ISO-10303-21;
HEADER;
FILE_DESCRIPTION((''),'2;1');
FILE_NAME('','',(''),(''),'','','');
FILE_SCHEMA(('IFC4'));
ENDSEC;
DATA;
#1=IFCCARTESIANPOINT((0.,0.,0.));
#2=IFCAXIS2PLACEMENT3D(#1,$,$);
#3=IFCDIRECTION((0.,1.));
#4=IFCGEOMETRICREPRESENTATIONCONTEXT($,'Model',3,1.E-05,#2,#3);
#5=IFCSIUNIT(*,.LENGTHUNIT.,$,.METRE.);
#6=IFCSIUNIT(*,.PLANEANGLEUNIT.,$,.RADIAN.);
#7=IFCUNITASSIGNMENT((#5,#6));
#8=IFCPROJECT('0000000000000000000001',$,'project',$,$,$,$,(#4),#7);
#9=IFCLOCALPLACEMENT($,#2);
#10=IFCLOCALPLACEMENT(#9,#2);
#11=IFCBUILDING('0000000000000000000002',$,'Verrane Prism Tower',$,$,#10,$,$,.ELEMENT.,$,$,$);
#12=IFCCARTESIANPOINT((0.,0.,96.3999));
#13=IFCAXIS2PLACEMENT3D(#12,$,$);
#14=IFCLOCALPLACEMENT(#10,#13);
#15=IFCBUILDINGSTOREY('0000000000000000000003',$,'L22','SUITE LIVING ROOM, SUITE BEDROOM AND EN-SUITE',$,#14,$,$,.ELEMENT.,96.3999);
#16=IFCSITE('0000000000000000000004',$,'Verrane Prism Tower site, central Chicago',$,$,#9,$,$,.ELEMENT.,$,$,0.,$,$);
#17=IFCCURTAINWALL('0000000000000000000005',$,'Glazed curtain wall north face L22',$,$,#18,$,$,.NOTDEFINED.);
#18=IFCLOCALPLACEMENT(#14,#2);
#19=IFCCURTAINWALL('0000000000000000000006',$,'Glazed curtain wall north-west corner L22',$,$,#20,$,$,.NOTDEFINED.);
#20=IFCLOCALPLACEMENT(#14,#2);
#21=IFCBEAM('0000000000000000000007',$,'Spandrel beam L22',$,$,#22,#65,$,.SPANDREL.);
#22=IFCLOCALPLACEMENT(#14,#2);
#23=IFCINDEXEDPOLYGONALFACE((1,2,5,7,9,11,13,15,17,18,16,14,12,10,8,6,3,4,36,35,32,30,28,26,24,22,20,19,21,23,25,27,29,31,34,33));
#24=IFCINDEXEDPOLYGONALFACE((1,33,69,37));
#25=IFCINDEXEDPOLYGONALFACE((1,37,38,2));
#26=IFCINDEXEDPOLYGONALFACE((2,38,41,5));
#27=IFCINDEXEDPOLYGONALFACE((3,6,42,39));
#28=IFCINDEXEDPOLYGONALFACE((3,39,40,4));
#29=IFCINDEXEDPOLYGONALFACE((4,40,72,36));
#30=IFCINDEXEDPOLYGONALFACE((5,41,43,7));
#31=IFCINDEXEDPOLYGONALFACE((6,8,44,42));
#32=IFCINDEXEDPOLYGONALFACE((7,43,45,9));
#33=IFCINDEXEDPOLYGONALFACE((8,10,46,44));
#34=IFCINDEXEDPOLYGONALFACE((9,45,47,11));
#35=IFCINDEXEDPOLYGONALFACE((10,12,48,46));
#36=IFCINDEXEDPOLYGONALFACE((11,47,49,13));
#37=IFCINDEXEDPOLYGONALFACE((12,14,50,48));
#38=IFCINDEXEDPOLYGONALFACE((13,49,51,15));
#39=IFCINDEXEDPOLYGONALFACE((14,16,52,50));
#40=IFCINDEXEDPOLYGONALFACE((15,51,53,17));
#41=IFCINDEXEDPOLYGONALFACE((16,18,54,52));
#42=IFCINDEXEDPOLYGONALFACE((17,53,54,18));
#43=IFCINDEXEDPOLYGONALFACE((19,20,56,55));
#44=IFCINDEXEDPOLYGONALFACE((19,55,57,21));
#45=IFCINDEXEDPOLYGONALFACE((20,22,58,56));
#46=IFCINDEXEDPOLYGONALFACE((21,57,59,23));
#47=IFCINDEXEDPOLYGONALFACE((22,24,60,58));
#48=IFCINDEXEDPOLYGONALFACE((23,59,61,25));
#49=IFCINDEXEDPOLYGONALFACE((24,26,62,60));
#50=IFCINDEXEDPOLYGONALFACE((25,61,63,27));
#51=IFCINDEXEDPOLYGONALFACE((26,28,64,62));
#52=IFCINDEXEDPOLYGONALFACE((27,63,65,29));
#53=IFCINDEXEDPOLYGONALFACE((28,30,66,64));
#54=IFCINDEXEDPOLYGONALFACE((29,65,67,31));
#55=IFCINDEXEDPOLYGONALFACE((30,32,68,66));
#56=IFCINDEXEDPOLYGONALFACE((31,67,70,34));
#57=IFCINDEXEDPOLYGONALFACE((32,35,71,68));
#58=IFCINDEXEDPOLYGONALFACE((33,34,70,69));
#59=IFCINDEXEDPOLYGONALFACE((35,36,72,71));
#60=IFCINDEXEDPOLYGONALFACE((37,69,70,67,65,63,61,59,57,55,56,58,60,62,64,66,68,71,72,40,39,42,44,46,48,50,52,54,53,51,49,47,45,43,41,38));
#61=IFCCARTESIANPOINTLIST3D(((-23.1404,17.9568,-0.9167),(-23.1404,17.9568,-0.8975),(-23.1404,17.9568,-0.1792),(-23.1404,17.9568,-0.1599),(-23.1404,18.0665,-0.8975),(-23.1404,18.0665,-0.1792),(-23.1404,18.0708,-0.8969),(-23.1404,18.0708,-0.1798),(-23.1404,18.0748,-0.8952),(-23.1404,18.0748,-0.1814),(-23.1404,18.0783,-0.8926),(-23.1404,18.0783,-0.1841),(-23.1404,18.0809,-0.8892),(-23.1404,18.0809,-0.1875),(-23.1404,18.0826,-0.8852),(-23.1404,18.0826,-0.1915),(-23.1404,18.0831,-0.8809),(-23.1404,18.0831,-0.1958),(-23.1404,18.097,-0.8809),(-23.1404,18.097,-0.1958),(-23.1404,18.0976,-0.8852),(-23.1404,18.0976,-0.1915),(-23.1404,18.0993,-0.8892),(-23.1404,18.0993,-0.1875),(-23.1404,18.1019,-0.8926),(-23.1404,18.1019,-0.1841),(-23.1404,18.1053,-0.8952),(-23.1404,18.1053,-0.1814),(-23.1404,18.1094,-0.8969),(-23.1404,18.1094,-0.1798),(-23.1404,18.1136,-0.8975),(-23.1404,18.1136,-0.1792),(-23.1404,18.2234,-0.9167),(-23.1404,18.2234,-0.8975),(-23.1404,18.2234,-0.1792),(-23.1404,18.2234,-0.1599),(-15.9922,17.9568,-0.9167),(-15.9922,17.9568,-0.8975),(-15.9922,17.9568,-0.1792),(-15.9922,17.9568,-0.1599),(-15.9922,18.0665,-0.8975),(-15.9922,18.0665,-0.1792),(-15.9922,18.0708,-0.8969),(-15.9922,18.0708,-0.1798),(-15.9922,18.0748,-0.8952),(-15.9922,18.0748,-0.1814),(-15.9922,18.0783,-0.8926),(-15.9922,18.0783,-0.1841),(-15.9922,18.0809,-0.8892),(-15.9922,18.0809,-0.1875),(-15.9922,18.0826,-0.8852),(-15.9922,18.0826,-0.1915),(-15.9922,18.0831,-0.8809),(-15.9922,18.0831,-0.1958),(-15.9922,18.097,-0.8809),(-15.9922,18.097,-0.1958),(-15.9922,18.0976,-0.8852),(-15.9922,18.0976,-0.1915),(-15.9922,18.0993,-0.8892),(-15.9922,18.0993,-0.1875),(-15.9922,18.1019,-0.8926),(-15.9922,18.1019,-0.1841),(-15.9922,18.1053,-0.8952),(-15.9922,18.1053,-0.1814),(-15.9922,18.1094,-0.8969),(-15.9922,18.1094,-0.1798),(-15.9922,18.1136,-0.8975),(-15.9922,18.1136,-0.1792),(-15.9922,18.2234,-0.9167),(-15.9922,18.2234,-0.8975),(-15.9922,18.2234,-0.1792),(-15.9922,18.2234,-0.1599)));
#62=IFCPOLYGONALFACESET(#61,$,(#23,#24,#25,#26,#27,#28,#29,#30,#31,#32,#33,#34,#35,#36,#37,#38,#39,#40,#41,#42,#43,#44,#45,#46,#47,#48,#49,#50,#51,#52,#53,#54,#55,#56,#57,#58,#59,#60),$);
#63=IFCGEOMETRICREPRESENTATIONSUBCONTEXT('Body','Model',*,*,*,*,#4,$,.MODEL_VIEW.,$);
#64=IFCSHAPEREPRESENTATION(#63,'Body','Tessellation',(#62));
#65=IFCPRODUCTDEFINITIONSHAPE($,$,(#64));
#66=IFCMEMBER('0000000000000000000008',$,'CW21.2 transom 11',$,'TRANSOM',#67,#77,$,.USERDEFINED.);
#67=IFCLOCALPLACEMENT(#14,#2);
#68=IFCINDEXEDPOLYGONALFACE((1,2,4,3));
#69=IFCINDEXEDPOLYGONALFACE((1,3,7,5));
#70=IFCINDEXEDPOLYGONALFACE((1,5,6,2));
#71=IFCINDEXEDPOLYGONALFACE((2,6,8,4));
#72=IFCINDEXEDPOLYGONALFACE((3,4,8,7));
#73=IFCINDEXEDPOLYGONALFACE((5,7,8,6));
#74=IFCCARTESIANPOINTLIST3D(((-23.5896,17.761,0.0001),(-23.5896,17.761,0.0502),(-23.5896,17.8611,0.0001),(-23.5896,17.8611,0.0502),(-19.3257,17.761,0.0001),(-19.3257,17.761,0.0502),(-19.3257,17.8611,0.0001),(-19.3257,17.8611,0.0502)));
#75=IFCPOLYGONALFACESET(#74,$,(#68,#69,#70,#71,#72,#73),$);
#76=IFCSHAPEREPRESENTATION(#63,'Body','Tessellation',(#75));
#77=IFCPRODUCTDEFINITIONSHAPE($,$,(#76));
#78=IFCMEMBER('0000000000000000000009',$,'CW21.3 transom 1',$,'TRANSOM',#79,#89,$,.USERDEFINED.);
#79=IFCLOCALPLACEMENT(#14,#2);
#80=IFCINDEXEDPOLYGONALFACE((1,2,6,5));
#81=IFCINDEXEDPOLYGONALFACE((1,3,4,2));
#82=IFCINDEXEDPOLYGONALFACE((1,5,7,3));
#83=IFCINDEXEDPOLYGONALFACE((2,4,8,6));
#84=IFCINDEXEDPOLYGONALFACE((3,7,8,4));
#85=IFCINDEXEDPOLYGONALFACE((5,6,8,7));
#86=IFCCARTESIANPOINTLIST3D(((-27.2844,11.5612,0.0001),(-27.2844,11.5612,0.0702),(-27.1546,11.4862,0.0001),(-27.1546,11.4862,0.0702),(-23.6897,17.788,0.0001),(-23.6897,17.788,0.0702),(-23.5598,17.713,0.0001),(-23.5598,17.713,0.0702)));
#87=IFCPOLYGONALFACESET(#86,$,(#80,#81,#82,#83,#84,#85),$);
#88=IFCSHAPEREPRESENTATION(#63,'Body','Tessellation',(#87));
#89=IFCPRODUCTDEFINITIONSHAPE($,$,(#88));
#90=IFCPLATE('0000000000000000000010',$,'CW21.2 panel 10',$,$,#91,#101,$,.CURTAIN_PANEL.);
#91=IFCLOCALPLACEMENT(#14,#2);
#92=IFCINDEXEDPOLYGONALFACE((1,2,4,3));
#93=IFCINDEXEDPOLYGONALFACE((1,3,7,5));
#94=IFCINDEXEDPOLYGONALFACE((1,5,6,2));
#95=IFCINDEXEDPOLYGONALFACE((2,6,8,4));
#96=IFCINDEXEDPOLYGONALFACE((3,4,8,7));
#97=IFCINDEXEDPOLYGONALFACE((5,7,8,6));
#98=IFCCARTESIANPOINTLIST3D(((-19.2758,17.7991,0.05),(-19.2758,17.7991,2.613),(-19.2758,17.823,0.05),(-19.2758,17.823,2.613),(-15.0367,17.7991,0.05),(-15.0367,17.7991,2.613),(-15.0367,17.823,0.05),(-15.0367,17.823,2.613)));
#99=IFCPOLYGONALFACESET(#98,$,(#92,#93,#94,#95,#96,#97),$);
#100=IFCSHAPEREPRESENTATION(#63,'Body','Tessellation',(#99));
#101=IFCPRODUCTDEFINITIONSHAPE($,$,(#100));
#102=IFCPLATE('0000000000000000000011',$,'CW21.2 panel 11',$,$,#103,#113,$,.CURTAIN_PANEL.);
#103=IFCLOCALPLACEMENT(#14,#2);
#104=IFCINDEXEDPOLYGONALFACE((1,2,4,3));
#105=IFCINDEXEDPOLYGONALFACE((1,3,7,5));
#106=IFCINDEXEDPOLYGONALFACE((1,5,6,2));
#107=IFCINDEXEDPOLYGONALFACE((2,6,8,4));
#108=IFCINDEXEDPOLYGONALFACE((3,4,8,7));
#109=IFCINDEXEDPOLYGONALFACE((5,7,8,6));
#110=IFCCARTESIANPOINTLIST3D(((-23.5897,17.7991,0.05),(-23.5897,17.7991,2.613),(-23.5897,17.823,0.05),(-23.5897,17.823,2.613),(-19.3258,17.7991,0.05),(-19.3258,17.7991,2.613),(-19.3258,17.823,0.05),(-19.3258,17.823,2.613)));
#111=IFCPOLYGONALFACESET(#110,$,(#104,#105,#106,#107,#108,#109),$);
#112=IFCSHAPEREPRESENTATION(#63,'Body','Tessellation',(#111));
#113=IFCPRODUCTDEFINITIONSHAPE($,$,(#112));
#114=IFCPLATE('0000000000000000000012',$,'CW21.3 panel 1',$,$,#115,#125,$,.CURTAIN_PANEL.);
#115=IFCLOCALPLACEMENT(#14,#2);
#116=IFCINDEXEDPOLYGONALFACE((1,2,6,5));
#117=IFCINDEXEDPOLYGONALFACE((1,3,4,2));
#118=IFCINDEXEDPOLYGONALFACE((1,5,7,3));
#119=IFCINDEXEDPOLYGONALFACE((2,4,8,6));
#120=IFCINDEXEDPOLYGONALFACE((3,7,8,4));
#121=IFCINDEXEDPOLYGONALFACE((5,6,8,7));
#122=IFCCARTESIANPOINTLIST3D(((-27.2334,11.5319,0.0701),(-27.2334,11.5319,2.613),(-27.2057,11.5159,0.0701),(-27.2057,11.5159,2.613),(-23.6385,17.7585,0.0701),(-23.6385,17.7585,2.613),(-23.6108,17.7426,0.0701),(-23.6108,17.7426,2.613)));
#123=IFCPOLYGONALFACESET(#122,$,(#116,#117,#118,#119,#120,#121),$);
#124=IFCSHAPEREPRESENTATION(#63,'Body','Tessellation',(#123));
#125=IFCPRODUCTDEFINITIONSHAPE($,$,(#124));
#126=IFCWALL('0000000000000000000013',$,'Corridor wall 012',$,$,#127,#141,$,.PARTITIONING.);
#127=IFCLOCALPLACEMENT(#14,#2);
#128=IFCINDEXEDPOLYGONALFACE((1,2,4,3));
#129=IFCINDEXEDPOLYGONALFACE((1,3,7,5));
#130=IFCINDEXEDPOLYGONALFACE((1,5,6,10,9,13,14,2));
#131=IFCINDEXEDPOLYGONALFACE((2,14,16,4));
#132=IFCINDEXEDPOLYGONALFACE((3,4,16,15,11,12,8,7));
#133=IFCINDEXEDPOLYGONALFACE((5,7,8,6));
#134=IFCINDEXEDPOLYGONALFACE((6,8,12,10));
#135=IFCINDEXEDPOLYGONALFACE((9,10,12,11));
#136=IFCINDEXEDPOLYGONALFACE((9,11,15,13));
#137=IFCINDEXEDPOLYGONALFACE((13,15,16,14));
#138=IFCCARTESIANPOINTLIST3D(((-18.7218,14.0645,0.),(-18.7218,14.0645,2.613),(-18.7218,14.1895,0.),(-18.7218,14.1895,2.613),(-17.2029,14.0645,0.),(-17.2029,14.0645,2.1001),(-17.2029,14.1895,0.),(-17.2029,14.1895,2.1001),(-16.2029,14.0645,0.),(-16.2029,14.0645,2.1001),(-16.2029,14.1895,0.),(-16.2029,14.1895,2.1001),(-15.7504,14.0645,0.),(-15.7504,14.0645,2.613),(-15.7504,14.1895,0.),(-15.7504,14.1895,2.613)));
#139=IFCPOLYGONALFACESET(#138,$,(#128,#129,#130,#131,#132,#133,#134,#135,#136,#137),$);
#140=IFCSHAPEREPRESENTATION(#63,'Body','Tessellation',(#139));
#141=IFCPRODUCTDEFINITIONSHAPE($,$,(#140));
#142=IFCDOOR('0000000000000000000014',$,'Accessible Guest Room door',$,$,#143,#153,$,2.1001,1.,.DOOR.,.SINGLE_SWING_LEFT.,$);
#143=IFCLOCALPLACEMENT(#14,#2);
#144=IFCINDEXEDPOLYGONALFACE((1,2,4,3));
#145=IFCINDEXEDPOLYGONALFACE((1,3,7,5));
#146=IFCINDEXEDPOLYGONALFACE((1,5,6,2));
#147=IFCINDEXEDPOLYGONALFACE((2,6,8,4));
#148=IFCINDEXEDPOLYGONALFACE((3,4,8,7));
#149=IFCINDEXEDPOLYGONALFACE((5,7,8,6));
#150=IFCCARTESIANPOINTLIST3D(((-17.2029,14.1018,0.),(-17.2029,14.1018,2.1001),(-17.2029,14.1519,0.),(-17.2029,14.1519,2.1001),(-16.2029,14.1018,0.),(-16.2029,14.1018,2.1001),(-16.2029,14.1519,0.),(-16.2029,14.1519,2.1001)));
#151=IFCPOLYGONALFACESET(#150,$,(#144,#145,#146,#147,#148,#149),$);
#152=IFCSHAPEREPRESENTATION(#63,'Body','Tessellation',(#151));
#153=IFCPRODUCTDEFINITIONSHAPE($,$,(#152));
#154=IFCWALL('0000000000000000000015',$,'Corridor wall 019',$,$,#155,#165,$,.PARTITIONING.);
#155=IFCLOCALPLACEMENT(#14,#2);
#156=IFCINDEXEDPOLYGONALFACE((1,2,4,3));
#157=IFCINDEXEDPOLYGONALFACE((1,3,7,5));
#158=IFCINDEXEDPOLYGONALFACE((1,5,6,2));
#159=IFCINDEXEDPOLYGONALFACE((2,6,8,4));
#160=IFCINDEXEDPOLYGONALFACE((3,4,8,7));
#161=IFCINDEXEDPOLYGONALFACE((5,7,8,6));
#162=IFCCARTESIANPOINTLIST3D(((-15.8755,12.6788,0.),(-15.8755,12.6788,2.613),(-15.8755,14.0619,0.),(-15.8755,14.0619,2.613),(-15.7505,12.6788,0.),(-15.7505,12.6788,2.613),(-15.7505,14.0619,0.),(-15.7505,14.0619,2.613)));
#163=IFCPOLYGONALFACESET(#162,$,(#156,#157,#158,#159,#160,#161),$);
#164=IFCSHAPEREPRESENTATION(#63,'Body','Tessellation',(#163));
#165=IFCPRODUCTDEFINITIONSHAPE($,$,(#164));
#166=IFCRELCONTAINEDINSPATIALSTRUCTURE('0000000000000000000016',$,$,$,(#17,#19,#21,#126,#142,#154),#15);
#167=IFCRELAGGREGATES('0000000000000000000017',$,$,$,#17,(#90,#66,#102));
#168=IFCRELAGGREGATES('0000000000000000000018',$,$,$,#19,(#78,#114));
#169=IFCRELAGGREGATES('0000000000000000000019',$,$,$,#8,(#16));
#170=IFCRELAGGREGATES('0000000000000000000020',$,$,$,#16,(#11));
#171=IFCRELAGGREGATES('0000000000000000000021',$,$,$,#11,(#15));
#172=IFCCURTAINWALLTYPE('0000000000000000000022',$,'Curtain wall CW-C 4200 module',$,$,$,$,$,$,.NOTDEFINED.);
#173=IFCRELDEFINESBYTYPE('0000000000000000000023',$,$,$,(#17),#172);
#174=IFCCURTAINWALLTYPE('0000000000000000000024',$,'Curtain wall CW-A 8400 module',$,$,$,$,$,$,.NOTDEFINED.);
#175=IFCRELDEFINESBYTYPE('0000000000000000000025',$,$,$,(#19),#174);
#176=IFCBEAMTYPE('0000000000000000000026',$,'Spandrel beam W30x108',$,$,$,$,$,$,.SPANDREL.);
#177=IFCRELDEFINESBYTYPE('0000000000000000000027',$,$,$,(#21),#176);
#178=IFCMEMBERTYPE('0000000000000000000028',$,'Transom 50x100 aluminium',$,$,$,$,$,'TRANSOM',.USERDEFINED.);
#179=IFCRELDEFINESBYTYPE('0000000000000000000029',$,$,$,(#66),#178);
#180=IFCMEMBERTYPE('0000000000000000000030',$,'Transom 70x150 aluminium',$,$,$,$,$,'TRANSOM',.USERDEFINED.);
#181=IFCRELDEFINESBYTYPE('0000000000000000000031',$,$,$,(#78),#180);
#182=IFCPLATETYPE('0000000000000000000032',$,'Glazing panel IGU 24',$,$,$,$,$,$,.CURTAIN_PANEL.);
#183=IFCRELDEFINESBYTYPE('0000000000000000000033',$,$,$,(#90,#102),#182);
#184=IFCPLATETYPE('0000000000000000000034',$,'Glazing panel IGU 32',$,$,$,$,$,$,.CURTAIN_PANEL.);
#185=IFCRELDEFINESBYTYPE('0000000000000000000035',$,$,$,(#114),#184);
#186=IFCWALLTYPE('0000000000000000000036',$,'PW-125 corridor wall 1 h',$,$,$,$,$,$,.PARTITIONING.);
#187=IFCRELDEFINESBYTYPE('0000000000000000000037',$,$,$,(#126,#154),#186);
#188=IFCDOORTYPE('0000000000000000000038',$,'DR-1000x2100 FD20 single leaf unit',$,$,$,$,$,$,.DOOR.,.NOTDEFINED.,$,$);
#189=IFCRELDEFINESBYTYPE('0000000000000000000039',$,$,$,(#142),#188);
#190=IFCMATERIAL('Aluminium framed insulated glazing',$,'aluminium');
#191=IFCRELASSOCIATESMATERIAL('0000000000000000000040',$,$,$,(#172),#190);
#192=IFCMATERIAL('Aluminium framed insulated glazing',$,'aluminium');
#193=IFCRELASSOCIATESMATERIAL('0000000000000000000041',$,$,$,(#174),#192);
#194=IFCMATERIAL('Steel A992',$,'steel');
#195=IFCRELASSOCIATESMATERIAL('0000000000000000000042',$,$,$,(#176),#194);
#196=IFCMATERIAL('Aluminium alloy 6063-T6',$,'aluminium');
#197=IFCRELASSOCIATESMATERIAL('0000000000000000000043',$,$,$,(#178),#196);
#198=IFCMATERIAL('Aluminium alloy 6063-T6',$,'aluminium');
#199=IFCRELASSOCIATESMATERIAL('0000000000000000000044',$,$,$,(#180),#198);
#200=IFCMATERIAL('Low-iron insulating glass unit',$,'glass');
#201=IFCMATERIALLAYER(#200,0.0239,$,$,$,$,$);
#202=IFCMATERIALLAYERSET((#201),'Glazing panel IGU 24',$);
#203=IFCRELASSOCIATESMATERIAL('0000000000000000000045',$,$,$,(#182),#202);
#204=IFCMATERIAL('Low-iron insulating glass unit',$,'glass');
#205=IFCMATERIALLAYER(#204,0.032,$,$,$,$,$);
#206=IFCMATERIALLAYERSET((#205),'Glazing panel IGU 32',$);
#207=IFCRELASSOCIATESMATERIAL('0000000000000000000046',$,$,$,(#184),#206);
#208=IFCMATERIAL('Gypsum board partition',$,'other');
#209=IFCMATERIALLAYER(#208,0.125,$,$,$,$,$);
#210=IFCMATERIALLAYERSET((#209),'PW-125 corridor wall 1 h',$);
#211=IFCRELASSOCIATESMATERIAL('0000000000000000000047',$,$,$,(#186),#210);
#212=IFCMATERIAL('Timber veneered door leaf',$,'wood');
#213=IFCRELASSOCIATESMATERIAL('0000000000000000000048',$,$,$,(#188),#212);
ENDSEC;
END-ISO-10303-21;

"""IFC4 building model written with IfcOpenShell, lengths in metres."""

from ifc_helpers import new_model, si_unit, direction, frame, frame_2d, origin, origin_2d, place, context, subcontext, project, spatial, rectangle, i_section, extrude, material, layer, layer_set, material_profile, profile_set, type_object, element, fill, aggregate, save


model = new_model("IFC4")

# Units and contexts
model_context = context("Model", 3, precision=1e-05, world=origin(), true_north=direction((0.0, 1.0)))
body_context = subcontext(model_context, "Body", "Model", "MODEL_VIEW")
ifc_project = project(units=[si_unit("LENGTHUNIT", "METRE"), si_unit("PLANEANGLEUNIT", "RADIAN")], contexts=[model_context])

# Site, building, storey
site_placement = place(None, origin())
site = spatial("IfcSite", under=ifc_project, at=site_placement, Name="Verrane Prism Tower site, central Chicago", CompositionType="ELEMENT", RefElevation=0.0)
building_placement = place(site_placement, origin())
building = spatial("IfcBuilding", under=site, at=building_placement, Name="Verrane Prism Tower", CompositionType="ELEMENT")
storey_placement = place(building_placement, frame((0.0, 0.0, 96.3999)))
storey = spatial("IfcBuildingStorey", under=building, at=storey_placement, Name="L22", Description="SUITE LIVING ROOM, SUITE BEDROOM AND EN-SUITE", CompositionType="ELEMENT", Elevation=96.3999)

# Curtain walls
ifc_material_1 = material(Name="Aluminium framed insulated glazing", Category="aluminium")
curtain_wall_type_1 = type_object("IfcCurtainWallType", Name="Curtain wall CW-C 4200 module", PredefinedType="NOTDEFINED", material=ifc_material_1)
curtain_wall_1_placement = place(storey_placement, origin())
curtain_wall_1 = element("IfcCurtainWall", 1, at=curtain_wall_1_placement, inside=storey, type_object=curtain_wall_type_1, Name="Glazed curtain wall north face L22", PredefinedType="NOTDEFINED")
ifc_material_2 = material(Name="Aluminium framed insulated glazing", Category="aluminium")
curtain_wall_type_2 = type_object("IfcCurtainWallType", Name="Curtain wall CW-A 8400 module", PredefinedType="NOTDEFINED", material=ifc_material_2)
curtain_wall_2_placement = place(storey_placement, origin())
curtain_wall_2 = element("IfcCurtainWall", 2, at=curtain_wall_2_placement, inside=storey, type_object=curtain_wall_type_2, Name="Glazed curtain wall north-west corner L22", PredefinedType="NOTDEFINED")

# Beam
ifc_material_3 = material(Name="Steel A992", Category="steel")
ifc_material_profile_1 = material_profile(ifc_material_3, i_section(OverallWidth=0.2666, OverallDepth=0.7568, WebThickness=0.0139, FlangeThickness=0.0193, FilletRadius=0.0166, at=origin_2d()), Name="W30x108")
ifc_profile_set_1 = profile_set([ifc_material_profile_1], Name="Steel A992")
beam_type_1 = type_object("IfcBeamType", Name="Spandrel beam W30x108", PredefinedType="SPANDREL", material=ifc_profile_set_1)
beam_1_placement = place(storey_placement, frame((-15.9922, 18.0901, -0.5383), z_axis=(-1.0, 0.0, 0.0), x_axis=(0.0, -1.0, 0.0)))
element("IfcBeam", 3, at=beam_1_placement, inside=storey, type_object=beam_type_1, Name="Spandrel beam L22", PredefinedType="SPANDREL", context=body_context, shape_type="SweptSolid", body=[
    extrude(i_section(OverallWidth=0.2666, OverallDepth=0.7568, WebThickness=0.0139, FlangeThickness=0.0193, FilletRadius=0.0166, at=origin_2d()), origin(), (0.0, 0.0, 1.0), 7.1482),
])

# Members
ifc_material_4 = material(Name="Aluminium alloy 6063-T6", Category="aluminium")
ifc_material_profile_2 = material_profile(ifc_material_4, rectangle(XDim=0.1001, YDim=0.05, at=origin_2d()), Name="Transom 50x100 aluminium")
ifc_profile_set_2 = profile_set([ifc_material_profile_2], Name="Aluminium alloy 6063-T6")
member_type_1 = type_object("IfcMemberType", Name="Transom 50x100 aluminium", ElementType="TRANSOM", PredefinedType="USERDEFINED", material=ifc_profile_set_2)
member_1_placement = place(storey_placement, frame((-19.3257, 17.811, 0.0251), z_axis=(-1.0, 0.0, 0.0), x_axis=(0.0, -1.0, 0.0)))
member_1 = element("IfcMember", 4, at=member_1_placement, type_object=member_type_1, Name="CW21.2 transom 11", ObjectType="TRANSOM", PredefinedType="USERDEFINED", context=body_context, shape_type="SweptSolid", body=[
    extrude(rectangle(XDim=0.1001, YDim=0.05, at=origin_2d()), origin(), (0.0, 0.0, 1.0), 4.2639),
])
ifc_material_5 = material(Name="Aluminium alloy 6063-T6", Category="aluminium")
ifc_material_profile_3 = material_profile(ifc_material_5, rectangle(XDim=0.1499, YDim=0.0701, at=origin_2d()), Name="Transom 70x150 aluminium")
ifc_profile_set_3 = profile_set([ifc_material_profile_3], Name="Aluminium alloy 6063-T6")
member_type_2 = type_object("IfcMemberType", Name="Transom 70x150 aluminium", ElementType="TRANSOM", PredefinedType="USERDEFINED", material=ifc_profile_set_3)
member_2_placement = place(storey_placement, frame((-23.6248, 17.7505, 0.0352), z_axis=(-0.499966, -0.866045, 0.0), x_axis=(0.866045, -0.499966, 0.0)))
member_2 = element("IfcMember", 5, at=member_2_placement, type_object=member_type_2, Name="CW21.3 transom 1", ObjectType="TRANSOM", PredefinedType="USERDEFINED", context=body_context, shape_type="SweptSolid", body=[
    extrude(rectangle(XDim=0.1499, YDim=0.0701, at=origin_2d()), origin(), (0.0, 0.0, 1.0), 7.1899),
])

# Plates
ifc_material_6 = material(Name="Low-iron insulating glass unit", Category="glass")
ifc_layer_1 = layer(ifc_material_6, 0.0239)
ifc_layer_set_1 = layer_set([ifc_layer_1], Name="Glazing panel IGU 24")
plate_type_1 = type_object("IfcPlateType", Name="Glazing panel IGU 24", PredefinedType="CURTAIN_PANEL", material=ifc_layer_set_1)
plate_1_placement = place(storey_placement, frame((-17.1562, 17.811, 0.05), z_axis=(0.0, 0.0, 1.0), x_axis=(-1.0, 0.0, 0.0)))
plate_1 = element("IfcPlate", 6, at=plate_1_placement, type_object=plate_type_1, Name="CW21.2 panel 10", PredefinedType="CURTAIN_PANEL", context=body_context, shape_type="SweptSolid", body=[
    extrude(rectangle(XDim=4.239, YDim=0.0239, at=origin_2d()), origin(), (0.0, 0.0, 1.0), 2.563),
])
plate_2_placement = place(storey_placement, frame((-21.4578, 17.811, 0.05), z_axis=(0.0, 0.0, 1.0), x_axis=(-1.0, 0.0, 0.0)))
plate_2 = element("IfcPlate", 7, at=plate_2_placement, type_object=plate_type_1, Name="CW21.2 panel 11", PredefinedType="CURTAIN_PANEL", context=body_context, shape_type="SweptSolid", body=[
    extrude(rectangle(XDim=4.2639, YDim=0.0239, at=origin_2d()), origin(), (0.0, 0.0, 1.0), 2.563),
])
aggregate(curtain_wall_1, [plate_1, member_1, plate_2])
ifc_material_7 = material(Name="Low-iron insulating glass unit", Category="glass")
ifc_layer_2 = layer(ifc_material_7, 0.032)
ifc_layer_set_2 = layer_set([ifc_layer_2], Name="Glazing panel IGU 32")
plate_type_2 = type_object("IfcPlateType", Name="Glazing panel IGU 32", PredefinedType="CURTAIN_PANEL", material=ifc_layer_set_2)
plate_3_placement = place(storey_placement, frame((-25.4221, 14.6372, 0.0701), z_axis=(0.0, 0.0, 1.0), x_axis=(-0.499998, -0.866026, 0.0)))
plate_3 = element("IfcPlate", 8, at=plate_3_placement, type_object=plate_type_2, Name="CW21.3 panel 1", PredefinedType="CURTAIN_PANEL", context=body_context, shape_type="SweptSolid", body=[
    extrude(rectangle(XDim=7.1899, YDim=0.032, at=origin_2d()), origin(), (0.0, 0.0, 1.0), 2.543),
])
aggregate(curtain_wall_2, [member_2, plate_3])

# Wall, opening, door
ifc_material_8 = material(Name="Gypsum board partition", Category="other")
ifc_layer_3 = layer(ifc_material_8, 0.125)
ifc_layer_set_3 = layer_set([ifc_layer_3], Name="PW-125 corridor wall 1 h")
wall_type_1 = type_object("IfcWallType", Name="PW-125 corridor wall 1 h", PredefinedType="PARTITIONING", material=ifc_layer_set_3)
wall_1_placement = place(storey_placement, frame((-18.7219, 14.127, 0.0), z_axis=(0.0, 0.0, 1.0), x_axis=(1.0, 0.0, 0.0)))
wall_1 = element("IfcWall", 9, at=wall_1_placement, inside=storey, type_object=wall_type_1, Name="Corridor wall 012", PredefinedType="PARTITIONING", context=body_context, shape_type="SweptSolid", body=[
    extrude(rectangle(XDim=2.9714, YDim=0.125, at=frame_2d((1.4858, 0.0))), origin(), (0.0, 0.0, 1.0), 2.613),
])
opening_1_placement = place(wall_1_placement, frame((1.519, 0.0, 0.0)))
opening_1 = element("IfcOpeningElement", 10, at=opening_1_placement, cuts=wall_1, PredefinedType="OPENING", context=body_context, shape_type="SweptSolid", body=[
    extrude(rectangle(XDim=1.0, YDim=2.1001, at=frame_2d((0.5, 1.05))), frame((0.0, 0.0725, 0.0), z_axis=(0.0, -1.0, 0.0), x_axis=(1.0, 0.0, 0.0)), (0.0, 0.0, 1.0), 0.145),
])
ifc_material_9 = material(Name="Timber veneered door leaf", Category="wood")
door_type_1 = type_object("IfcDoorType", Name="DR-1000x2100 FD20 single leaf unit", OperationType="NOTDEFINED", PredefinedType="DOOR", material=ifc_material_9)
door_1_placement = place(opening_1_placement, origin())
door_1 = element("IfcDoor", 11, at=door_1_placement, inside=storey, type_object=door_type_1, Name="Accessible Guest Room door", OperationType="SINGLE_SWING_LEFT", OverallHeight=2.1001, OverallWidth=1.0, PredefinedType="DOOR", context=body_context, shape_type="SweptSolid", body=[
    extrude(rectangle(XDim=1.0, YDim=2.1001, at=frame_2d((0.5, 1.05))), frame((0.0, 0.0249, 0.0), z_axis=(0.0, -1.0, 0.0), x_axis=(1.0, 0.0, 0.0)), (0.0, 0.0, 1.0), 0.05),
])
fill(opening_1, door_1)

# Wall
wall_2_placement = place(storey_placement, frame((-15.813, 12.679, 0.0), z_axis=(0.0, 0.0, 1.0), x_axis=(0.0, 1.0, 0.0)))
element("IfcWall", 12, at=wall_2_placement, inside=storey, type_object=wall_type_1, Name="Corridor wall 019", PredefinedType="PARTITIONING", context=body_context, shape_type="SweptSolid", body=[
    extrude(rectangle(XDim=1.3831, YDim=0.125, at=frame_2d((0.6914, 0.0))), origin(), (0.0, 0.0, 1.0), 2.613),
])

save(model, "model.ifc")
